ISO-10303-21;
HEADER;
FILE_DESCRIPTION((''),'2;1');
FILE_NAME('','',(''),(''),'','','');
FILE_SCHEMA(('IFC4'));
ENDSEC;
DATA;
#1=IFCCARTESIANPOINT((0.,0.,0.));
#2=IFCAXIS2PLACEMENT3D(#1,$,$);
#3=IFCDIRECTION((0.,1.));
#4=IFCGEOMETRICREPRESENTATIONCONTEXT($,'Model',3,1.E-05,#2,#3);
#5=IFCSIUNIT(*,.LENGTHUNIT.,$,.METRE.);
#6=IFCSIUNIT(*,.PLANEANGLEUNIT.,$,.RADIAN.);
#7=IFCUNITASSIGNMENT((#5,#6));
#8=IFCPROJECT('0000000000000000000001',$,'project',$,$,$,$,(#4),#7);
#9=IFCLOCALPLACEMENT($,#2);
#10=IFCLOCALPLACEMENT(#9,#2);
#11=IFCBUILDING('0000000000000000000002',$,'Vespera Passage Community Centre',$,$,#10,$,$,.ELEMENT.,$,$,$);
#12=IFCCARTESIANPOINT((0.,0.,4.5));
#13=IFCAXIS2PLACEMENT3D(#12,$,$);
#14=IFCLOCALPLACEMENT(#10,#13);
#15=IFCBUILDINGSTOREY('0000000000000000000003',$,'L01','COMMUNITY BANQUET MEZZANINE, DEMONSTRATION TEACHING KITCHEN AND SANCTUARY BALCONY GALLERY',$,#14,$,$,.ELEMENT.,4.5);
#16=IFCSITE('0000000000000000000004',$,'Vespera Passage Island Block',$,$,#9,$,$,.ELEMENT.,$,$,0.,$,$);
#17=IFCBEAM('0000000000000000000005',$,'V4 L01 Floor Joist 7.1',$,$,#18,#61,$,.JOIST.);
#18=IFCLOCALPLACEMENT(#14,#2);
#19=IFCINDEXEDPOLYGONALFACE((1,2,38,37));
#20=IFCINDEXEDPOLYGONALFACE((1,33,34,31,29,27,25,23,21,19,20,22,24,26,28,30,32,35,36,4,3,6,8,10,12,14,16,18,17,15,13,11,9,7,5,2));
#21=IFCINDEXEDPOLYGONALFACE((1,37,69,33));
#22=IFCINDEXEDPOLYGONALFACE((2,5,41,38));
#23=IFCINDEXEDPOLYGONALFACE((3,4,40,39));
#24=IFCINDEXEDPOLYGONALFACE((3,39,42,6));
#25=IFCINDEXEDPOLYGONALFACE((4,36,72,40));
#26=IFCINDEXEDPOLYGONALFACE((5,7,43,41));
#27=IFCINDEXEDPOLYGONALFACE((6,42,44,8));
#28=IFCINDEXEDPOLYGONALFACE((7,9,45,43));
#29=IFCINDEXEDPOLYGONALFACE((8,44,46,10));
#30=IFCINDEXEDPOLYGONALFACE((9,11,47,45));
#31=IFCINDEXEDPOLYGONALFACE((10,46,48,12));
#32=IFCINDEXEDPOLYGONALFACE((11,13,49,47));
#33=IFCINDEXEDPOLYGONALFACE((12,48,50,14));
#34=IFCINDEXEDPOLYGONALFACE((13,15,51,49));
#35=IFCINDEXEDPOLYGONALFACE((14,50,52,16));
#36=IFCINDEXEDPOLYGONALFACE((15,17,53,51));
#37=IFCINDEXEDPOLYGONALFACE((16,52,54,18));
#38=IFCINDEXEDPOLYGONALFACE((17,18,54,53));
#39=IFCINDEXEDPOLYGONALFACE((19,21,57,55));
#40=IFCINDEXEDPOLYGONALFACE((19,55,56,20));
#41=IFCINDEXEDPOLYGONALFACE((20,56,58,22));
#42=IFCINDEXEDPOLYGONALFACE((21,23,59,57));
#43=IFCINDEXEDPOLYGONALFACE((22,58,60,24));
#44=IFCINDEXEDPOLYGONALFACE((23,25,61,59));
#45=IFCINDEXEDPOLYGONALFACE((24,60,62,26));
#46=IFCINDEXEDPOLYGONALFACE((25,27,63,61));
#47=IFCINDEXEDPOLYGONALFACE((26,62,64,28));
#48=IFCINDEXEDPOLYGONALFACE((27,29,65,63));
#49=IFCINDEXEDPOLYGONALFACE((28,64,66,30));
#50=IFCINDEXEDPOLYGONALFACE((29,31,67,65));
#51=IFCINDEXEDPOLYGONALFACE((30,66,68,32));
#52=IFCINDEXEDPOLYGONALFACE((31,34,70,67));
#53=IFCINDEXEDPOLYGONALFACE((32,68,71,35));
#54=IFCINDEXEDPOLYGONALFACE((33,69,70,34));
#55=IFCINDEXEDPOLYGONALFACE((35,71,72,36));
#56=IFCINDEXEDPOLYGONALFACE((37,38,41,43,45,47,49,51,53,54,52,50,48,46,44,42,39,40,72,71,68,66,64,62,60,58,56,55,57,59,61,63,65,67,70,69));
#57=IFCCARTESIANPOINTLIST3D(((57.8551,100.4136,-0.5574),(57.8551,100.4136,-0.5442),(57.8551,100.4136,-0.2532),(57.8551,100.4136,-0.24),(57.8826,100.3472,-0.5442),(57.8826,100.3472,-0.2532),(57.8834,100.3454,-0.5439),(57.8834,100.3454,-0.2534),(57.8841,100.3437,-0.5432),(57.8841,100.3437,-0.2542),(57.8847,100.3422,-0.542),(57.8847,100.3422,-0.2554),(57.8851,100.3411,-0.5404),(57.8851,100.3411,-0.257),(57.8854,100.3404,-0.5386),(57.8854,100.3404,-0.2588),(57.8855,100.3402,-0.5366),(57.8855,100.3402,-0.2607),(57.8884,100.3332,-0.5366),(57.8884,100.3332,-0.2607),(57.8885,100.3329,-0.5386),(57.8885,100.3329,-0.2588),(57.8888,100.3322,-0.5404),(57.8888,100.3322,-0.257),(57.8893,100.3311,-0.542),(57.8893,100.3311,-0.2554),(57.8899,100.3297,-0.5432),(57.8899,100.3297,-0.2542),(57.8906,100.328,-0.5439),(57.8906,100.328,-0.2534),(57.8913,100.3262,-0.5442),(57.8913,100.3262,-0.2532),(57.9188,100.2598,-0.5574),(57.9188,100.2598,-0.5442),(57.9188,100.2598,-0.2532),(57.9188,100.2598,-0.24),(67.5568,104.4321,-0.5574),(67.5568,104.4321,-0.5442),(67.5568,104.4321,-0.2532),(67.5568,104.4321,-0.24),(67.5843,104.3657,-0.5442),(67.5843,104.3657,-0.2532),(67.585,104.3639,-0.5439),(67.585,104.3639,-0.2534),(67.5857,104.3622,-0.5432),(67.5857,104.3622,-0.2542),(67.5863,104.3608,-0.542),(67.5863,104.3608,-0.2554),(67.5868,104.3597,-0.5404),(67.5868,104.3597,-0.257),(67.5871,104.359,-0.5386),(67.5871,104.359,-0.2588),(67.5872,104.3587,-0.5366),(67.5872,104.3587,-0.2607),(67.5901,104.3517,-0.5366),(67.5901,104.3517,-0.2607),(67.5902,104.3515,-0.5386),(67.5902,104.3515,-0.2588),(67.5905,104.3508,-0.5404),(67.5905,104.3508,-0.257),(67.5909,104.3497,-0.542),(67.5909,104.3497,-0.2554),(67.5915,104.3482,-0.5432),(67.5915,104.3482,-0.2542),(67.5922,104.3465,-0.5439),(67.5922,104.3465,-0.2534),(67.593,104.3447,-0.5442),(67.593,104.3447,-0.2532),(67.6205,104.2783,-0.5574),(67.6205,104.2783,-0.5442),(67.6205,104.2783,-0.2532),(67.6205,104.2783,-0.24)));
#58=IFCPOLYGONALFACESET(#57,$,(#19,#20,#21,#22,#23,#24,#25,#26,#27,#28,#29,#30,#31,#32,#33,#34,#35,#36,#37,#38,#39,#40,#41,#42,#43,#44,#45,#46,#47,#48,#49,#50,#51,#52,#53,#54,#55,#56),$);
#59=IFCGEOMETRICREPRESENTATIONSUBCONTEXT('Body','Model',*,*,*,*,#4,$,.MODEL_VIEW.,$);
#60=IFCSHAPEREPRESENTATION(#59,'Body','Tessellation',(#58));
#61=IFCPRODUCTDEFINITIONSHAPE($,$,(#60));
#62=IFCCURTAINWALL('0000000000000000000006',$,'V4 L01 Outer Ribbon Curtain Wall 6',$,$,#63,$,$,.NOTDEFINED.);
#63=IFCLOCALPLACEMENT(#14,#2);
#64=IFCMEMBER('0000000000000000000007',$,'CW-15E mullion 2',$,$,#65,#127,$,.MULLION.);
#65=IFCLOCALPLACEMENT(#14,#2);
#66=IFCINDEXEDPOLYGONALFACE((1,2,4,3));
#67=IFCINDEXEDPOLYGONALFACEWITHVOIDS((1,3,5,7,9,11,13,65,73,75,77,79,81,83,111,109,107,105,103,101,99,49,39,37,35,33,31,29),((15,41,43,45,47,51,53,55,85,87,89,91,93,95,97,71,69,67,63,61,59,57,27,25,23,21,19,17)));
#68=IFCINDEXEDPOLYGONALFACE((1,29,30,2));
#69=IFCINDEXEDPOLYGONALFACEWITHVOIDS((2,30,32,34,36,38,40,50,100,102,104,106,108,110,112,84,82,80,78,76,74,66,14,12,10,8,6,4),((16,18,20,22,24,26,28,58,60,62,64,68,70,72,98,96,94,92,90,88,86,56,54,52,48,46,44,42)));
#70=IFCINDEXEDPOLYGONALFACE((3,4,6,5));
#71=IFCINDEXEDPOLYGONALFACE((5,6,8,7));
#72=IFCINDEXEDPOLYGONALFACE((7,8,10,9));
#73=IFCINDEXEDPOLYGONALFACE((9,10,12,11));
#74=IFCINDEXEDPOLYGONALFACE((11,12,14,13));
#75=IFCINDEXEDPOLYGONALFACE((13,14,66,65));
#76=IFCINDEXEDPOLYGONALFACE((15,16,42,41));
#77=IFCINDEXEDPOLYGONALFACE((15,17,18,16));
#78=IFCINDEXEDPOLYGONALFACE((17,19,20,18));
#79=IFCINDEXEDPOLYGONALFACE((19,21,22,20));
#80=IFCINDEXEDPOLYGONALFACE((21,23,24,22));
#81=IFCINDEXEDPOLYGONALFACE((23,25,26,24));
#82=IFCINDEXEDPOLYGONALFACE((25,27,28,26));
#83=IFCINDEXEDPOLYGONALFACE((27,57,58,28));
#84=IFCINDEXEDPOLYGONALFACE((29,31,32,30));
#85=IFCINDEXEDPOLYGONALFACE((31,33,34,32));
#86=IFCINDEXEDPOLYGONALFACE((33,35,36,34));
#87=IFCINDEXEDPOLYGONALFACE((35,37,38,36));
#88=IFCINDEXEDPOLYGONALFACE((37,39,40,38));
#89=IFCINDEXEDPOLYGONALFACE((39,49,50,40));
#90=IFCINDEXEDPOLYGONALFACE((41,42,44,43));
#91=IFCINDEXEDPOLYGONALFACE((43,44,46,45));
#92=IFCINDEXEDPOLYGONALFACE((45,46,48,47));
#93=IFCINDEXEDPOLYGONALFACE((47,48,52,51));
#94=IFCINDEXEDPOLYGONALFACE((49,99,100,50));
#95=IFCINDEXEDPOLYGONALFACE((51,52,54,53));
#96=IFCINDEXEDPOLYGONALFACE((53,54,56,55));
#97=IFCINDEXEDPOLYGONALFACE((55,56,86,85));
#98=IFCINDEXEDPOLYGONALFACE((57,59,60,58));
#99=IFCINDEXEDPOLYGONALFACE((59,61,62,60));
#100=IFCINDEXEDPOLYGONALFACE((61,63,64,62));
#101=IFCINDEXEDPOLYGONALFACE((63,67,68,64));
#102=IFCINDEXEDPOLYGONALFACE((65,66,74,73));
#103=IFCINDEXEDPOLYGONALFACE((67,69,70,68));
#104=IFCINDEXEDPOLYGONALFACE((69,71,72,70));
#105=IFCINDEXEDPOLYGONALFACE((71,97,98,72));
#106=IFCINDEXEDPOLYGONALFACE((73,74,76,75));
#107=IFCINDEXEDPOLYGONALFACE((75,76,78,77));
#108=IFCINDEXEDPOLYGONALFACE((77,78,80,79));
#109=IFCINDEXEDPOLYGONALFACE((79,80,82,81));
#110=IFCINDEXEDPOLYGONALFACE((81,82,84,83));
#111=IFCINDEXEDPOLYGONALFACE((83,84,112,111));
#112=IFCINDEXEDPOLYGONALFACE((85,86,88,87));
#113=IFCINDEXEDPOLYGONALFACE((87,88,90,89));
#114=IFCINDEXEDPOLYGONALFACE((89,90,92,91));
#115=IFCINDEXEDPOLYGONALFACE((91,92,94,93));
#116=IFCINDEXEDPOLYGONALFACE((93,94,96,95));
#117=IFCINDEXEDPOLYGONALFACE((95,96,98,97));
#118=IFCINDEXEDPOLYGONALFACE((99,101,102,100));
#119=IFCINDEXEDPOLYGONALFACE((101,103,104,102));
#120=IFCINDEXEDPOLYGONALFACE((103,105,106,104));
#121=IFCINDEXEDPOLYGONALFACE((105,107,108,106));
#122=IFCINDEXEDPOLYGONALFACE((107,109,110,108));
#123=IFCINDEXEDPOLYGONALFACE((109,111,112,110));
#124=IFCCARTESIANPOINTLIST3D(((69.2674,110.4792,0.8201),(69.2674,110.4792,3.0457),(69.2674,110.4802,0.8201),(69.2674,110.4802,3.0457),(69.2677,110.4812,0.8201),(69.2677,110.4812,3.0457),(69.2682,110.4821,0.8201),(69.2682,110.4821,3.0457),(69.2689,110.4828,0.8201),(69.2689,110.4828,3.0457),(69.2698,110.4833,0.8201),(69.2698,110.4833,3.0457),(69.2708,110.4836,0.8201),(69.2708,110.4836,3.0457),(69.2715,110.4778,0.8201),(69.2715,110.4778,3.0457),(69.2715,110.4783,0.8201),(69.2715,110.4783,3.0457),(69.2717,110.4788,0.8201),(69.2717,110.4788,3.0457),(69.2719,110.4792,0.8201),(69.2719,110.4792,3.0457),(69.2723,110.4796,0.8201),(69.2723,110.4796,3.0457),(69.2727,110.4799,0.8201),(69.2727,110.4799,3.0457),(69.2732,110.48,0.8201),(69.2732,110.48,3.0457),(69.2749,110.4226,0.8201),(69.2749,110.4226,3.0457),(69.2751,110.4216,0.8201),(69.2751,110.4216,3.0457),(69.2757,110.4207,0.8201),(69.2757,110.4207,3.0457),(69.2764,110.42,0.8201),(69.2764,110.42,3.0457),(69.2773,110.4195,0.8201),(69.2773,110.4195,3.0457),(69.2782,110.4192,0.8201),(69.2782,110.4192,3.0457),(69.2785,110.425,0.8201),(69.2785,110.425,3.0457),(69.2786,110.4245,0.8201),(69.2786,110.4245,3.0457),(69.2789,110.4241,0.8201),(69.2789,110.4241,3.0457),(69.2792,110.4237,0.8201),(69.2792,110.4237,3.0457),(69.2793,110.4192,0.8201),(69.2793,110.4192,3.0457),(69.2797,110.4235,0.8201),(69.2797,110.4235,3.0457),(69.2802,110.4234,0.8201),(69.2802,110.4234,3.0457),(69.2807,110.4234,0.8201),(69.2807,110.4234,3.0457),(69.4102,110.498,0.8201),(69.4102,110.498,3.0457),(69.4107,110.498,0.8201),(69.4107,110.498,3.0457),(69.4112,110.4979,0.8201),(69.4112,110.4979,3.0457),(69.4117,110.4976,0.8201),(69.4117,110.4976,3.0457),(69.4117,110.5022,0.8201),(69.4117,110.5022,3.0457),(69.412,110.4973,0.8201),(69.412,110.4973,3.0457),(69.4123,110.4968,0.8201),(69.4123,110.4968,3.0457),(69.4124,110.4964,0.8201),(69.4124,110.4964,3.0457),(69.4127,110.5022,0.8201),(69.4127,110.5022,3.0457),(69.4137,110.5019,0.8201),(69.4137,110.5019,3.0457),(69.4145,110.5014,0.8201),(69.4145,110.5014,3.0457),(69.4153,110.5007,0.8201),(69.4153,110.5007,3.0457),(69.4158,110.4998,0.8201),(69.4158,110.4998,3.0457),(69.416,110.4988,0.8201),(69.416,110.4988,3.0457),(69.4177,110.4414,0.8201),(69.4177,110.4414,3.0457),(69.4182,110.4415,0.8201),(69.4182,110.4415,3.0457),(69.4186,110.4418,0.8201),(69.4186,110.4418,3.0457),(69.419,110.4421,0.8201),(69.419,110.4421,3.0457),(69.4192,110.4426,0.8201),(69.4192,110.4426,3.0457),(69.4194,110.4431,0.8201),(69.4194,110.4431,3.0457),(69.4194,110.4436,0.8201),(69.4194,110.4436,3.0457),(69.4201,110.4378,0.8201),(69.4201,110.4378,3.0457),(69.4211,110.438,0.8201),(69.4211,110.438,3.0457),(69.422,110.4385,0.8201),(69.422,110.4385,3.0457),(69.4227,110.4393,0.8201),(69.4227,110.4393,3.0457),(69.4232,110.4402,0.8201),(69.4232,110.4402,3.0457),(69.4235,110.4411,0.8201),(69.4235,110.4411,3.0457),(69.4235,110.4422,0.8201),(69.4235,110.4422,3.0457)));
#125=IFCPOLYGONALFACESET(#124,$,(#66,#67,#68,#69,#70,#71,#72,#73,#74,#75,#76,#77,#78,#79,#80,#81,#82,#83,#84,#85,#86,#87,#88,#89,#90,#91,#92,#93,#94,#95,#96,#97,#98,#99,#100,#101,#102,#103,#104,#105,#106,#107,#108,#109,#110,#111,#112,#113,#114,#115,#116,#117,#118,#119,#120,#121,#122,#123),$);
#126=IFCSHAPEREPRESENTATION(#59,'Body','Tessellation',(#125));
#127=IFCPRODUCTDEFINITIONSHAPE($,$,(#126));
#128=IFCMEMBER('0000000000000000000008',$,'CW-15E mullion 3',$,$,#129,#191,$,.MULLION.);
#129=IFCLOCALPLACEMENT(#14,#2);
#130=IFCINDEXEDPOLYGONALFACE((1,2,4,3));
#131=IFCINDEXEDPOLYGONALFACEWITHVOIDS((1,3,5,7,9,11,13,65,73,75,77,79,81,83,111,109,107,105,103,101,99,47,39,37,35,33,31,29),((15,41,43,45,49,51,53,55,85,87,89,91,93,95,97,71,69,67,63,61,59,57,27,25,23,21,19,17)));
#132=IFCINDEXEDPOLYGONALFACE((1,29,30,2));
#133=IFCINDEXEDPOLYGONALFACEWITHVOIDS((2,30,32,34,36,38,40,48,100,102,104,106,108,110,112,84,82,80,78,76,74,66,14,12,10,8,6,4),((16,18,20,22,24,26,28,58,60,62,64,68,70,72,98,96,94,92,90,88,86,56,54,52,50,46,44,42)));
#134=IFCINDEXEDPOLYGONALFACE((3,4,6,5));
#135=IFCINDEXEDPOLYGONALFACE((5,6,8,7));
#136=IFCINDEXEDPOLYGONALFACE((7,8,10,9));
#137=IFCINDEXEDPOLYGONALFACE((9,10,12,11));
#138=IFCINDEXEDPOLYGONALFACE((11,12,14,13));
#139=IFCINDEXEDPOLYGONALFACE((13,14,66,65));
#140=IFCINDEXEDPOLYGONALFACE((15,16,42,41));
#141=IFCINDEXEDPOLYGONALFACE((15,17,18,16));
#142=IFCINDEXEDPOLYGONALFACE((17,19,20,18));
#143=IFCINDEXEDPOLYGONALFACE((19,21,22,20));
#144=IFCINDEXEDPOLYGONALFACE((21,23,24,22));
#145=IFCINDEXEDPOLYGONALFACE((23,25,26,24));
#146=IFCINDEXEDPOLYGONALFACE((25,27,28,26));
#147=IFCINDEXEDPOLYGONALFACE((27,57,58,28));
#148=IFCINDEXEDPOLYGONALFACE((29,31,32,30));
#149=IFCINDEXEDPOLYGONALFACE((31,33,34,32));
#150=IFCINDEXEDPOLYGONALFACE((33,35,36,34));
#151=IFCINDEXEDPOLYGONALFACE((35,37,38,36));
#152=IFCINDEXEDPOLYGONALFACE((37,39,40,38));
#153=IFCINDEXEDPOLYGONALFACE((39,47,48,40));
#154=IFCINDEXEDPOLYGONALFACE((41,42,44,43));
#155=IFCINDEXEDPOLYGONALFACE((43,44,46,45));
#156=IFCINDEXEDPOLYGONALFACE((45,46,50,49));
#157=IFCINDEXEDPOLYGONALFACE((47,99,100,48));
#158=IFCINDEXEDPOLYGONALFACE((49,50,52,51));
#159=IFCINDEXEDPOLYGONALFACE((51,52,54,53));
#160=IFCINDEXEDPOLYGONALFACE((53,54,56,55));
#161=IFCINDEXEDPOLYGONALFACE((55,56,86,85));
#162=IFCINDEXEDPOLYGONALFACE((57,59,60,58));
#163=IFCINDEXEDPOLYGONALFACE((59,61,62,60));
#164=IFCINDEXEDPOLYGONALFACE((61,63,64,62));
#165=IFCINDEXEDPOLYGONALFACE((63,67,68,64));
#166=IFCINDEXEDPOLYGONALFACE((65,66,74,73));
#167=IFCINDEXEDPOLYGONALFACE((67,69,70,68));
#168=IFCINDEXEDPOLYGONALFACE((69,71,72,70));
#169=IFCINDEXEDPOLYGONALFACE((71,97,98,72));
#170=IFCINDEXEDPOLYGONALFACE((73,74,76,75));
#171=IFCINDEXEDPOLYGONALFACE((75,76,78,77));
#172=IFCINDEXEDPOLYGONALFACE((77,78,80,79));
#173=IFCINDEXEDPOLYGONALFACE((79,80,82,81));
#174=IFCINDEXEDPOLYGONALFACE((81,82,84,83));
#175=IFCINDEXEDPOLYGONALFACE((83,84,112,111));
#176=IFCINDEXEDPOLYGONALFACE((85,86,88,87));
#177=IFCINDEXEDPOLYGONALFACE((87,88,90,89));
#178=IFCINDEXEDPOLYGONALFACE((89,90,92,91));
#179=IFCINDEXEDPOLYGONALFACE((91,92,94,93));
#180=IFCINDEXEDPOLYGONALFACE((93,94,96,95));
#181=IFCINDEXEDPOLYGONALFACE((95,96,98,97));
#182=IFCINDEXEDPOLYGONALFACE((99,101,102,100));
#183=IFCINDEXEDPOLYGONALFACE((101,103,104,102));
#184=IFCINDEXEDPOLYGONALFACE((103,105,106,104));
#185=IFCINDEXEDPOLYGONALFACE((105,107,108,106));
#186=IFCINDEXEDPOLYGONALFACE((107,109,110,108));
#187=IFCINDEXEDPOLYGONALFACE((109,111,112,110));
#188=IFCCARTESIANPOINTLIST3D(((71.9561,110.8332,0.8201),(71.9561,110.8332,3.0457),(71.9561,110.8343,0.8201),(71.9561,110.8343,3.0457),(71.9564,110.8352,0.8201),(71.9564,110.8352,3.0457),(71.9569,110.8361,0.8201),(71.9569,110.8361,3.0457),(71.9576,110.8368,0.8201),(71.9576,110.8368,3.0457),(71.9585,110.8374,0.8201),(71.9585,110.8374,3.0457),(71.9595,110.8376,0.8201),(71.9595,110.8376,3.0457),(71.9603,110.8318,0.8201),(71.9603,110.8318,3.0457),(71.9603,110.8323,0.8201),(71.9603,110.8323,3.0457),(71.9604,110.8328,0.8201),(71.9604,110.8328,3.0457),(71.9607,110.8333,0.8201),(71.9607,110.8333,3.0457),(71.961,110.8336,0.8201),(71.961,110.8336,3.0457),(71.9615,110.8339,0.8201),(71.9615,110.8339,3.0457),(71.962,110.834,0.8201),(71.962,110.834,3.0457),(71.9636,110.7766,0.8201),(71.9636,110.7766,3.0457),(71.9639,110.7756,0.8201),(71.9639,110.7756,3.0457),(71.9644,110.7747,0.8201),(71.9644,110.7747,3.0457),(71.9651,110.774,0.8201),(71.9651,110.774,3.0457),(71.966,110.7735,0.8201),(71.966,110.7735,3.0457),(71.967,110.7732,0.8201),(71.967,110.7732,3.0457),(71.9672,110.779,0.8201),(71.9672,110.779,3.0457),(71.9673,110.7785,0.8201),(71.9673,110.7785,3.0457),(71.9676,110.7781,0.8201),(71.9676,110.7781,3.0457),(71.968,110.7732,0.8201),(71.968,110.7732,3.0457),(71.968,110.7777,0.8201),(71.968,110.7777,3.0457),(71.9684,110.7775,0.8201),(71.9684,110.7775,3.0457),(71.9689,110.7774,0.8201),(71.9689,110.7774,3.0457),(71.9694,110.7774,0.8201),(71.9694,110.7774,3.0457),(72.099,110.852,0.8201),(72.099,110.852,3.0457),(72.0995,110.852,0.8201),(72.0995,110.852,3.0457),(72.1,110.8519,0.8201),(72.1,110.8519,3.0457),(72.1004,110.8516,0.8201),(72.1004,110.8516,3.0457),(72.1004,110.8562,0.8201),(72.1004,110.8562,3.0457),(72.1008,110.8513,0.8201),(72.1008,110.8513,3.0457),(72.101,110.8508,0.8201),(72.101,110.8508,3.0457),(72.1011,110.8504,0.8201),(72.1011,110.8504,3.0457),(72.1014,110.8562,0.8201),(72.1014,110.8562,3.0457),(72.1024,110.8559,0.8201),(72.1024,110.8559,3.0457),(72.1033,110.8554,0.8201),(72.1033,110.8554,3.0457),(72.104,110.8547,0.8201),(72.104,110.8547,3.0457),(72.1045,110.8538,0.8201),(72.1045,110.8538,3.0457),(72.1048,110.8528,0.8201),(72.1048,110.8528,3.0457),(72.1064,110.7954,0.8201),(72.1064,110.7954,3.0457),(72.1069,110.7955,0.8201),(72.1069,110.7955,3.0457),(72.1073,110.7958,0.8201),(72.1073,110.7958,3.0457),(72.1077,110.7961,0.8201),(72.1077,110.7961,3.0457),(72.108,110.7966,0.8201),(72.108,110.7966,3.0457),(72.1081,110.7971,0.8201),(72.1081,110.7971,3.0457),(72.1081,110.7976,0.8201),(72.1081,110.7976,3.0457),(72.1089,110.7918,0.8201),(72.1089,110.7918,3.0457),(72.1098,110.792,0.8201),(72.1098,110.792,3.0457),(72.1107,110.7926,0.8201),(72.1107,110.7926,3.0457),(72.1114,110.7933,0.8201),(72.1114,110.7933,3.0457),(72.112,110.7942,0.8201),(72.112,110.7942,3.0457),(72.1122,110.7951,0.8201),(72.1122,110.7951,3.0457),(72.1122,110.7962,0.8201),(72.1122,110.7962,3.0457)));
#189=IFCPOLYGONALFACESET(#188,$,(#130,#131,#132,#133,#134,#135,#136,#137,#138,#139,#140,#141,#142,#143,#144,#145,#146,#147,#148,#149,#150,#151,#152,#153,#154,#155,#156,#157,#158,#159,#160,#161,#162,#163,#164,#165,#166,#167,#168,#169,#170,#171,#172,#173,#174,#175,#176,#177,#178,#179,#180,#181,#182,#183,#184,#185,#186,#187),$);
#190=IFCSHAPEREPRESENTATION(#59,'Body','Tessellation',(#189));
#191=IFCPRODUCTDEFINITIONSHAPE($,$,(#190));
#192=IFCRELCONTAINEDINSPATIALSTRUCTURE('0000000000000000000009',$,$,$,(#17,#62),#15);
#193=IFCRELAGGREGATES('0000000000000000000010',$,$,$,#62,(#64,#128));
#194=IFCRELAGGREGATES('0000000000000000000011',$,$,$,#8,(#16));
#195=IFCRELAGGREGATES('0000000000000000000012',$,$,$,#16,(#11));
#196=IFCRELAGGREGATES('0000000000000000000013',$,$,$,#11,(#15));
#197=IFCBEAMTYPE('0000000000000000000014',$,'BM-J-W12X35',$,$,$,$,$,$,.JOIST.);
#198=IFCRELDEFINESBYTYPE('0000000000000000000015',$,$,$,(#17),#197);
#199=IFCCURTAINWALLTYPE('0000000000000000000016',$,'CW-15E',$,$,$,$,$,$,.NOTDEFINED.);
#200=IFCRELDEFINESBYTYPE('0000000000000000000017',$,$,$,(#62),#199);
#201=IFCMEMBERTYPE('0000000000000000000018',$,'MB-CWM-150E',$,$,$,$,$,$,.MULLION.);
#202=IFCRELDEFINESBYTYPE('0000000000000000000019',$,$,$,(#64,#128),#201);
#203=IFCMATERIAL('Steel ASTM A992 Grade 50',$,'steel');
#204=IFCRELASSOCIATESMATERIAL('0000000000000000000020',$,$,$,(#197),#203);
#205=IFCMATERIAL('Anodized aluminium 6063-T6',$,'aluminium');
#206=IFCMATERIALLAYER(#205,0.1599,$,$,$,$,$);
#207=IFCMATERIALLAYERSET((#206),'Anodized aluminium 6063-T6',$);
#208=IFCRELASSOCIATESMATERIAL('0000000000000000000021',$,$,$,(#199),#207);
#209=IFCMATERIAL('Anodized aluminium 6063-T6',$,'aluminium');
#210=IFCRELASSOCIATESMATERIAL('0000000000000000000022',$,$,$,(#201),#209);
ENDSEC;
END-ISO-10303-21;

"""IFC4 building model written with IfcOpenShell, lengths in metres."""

from ifc_helpers import new_model, si_unit, direction, frame, origin, origin_2d, place, context, subcontext, project, spatial, hollow_rectangle, i_section, extrude, material, layer, layer_set, material_profile, profile_set, type_object, element, aggregate, save


model = new_model("IFC4")

# Units and contexts
model_context = context("Model", 3, precision=1e-05, world=origin(), true_north=direction((0.0, 1.0)))
body_context = subcontext(model_context, "Body", "Model", "MODEL_VIEW")
ifc_project = project(units=[si_unit("LENGTHUNIT", "METRE"), si_unit("PLANEANGLEUNIT", "RADIAN")], contexts=[model_context])

# Site, building, storey
site_placement = place(None, origin())
site = spatial("IfcSite", under=ifc_project, at=site_placement, Name="Vespera Passage Island Block", CompositionType="ELEMENT", RefElevation=0.0)
building_placement = place(site_placement, origin())
building = spatial("IfcBuilding", under=site, at=building_placement, Name="Vespera Passage Community Centre", CompositionType="ELEMENT")
storey_placement = place(building_placement, frame((0.0, 0.0, 4.5)))
storey = spatial("IfcBuildingStorey", under=building, at=storey_placement, Name="L01", Description="COMMUNITY BANQUET MEZZANINE, DEMONSTRATION TEACHING KITCHEN AND SANCTUARY BALCONY GALLERY", CompositionType="ELEMENT", Elevation=4.5)

# Beam
ifc_material_1 = material(Name="Steel ASTM A992 Grade 50", Category="steel")
ifc_material_profile_1 = material_profile(ifc_material_1, i_section(OverallWidth=0.1665, OverallDepth=0.3174, WebThickness=0.0076, FlangeThickness=0.0132, FilletRadius=0.0076, at=origin_2d()), Name="W12X35")
ifc_profile_set_1 = profile_set([ifc_material_profile_1], Name="Steel ASTM A992 Grade 50")
beam_type = type_object("IfcBeamType", Name="BM-J-W12X35", PredefinedType="JOIST", material=ifc_profile_set_1)
beam_placement = place(storey_placement, frame((67.5886, 104.3552, -0.3987), z_axis=(-0.92388, -0.382683, 0.0), x_axis=(0.382683, -0.92388, 0.0)))
element("IfcBeam", 1, at=beam_placement, inside=storey, type_object=beam_type, Name="V4 L01 Floor Joist 7.1", PredefinedType="JOIST", context=body_context, shape_type="SweptSolid", body=[
    extrude(i_section(OverallWidth=0.1665, OverallDepth=0.3174, WebThickness=0.0076, FlangeThickness=0.0132, FilletRadius=0.0076, at=origin_2d()), origin(), (0.0, 0.0, 1.0), 10.501),
])

# Curtain wall, members
ifc_material_2 = material(Name="Anodized aluminium 6063-T6", Category="aluminium")
ifc_layer_1 = layer(ifc_material_2, 0.1599)
ifc_layer_set_1 = layer_set([ifc_layer_1], Name="Anodized aluminium 6063-T6")
curtain_wall_type = type_object("IfcCurtainWallType", Name="CW-15E", PredefinedType="NOTDEFINED", material=ifc_layer_set_1)
curtain_wall_placement = place(storey_placement, origin())
curtain_wall = element("IfcCurtainWall", 2, at=curtain_wall_placement, inside=storey, type_object=curtain_wall_type, Name="V4 L01 Outer Ribbon Curtain Wall 6", PredefinedType="NOTDEFINED")
ifc_material_3 = material(Name="Anodized aluminium 6063-T6", Category="aluminium")
ifc_material_profile_2 = material_profile(ifc_material_3, hollow_rectangle(XDim=0.0649, YDim=0.1499, WallThickness=0.0039, InnerFilletRadius=0.002, OuterFilletRadius=0.0039, at=origin_2d()), Name="ALU150X65X4")
ifc_profile_set_2 = profile_set([ifc_material_profile_2], Name="Anodized aluminium 6063-T6")
member_type_1 = type_object("IfcMemberType", Name="MB-CWM-150E", PredefinedType="MULLION", material=ifc_profile_set_2)
member_1_placement = place(storey_placement, frame((69.3455, 110.4607, 0.8201), z_axis=(0.0, 0.0, 1.0), x_axis=(-0.130531, 0.991444, 0.0)))
member_1 = element("IfcMember", 3, at=member_1_placement, type_object=member_type_1, Name="CW-15E mullion 2", PredefinedType="MULLION", context=body_context, shape_type="SweptSolid", body=[
    extrude(hollow_rectangle(XDim=0.0649, YDim=0.1499, WallThickness=0.0039, InnerFilletRadius=0.002, OuterFilletRadius=0.0039, at=origin_2d()), origin(), (0.0, 0.0, 1.0), 2.2256),
])
member_2_placement = place(storey_placement, frame((72.0342, 110.8147, 0.8201), z_axis=(0.0, 0.0, 1.0), x_axis=(-0.130531, 0.991444, 0.0)))
member_2 = element("IfcMember", 4, at=member_2_placement, type_object=member_type_1, Name="CW-15E mullion 3", PredefinedType="MULLION", context=body_context, shape_type="SweptSolid", body=[
    extrude(hollow_rectangle(XDim=0.0649, YDim=0.1499, WallThickness=0.0039, InnerFilletRadius=0.002, OuterFilletRadius=0.0039, at=origin_2d()), origin(), (0.0, 0.0, 1.0), 2.2256),
])
aggregate(curtain_wall, [member_1, member_2])

save(model, "model.ifc")
